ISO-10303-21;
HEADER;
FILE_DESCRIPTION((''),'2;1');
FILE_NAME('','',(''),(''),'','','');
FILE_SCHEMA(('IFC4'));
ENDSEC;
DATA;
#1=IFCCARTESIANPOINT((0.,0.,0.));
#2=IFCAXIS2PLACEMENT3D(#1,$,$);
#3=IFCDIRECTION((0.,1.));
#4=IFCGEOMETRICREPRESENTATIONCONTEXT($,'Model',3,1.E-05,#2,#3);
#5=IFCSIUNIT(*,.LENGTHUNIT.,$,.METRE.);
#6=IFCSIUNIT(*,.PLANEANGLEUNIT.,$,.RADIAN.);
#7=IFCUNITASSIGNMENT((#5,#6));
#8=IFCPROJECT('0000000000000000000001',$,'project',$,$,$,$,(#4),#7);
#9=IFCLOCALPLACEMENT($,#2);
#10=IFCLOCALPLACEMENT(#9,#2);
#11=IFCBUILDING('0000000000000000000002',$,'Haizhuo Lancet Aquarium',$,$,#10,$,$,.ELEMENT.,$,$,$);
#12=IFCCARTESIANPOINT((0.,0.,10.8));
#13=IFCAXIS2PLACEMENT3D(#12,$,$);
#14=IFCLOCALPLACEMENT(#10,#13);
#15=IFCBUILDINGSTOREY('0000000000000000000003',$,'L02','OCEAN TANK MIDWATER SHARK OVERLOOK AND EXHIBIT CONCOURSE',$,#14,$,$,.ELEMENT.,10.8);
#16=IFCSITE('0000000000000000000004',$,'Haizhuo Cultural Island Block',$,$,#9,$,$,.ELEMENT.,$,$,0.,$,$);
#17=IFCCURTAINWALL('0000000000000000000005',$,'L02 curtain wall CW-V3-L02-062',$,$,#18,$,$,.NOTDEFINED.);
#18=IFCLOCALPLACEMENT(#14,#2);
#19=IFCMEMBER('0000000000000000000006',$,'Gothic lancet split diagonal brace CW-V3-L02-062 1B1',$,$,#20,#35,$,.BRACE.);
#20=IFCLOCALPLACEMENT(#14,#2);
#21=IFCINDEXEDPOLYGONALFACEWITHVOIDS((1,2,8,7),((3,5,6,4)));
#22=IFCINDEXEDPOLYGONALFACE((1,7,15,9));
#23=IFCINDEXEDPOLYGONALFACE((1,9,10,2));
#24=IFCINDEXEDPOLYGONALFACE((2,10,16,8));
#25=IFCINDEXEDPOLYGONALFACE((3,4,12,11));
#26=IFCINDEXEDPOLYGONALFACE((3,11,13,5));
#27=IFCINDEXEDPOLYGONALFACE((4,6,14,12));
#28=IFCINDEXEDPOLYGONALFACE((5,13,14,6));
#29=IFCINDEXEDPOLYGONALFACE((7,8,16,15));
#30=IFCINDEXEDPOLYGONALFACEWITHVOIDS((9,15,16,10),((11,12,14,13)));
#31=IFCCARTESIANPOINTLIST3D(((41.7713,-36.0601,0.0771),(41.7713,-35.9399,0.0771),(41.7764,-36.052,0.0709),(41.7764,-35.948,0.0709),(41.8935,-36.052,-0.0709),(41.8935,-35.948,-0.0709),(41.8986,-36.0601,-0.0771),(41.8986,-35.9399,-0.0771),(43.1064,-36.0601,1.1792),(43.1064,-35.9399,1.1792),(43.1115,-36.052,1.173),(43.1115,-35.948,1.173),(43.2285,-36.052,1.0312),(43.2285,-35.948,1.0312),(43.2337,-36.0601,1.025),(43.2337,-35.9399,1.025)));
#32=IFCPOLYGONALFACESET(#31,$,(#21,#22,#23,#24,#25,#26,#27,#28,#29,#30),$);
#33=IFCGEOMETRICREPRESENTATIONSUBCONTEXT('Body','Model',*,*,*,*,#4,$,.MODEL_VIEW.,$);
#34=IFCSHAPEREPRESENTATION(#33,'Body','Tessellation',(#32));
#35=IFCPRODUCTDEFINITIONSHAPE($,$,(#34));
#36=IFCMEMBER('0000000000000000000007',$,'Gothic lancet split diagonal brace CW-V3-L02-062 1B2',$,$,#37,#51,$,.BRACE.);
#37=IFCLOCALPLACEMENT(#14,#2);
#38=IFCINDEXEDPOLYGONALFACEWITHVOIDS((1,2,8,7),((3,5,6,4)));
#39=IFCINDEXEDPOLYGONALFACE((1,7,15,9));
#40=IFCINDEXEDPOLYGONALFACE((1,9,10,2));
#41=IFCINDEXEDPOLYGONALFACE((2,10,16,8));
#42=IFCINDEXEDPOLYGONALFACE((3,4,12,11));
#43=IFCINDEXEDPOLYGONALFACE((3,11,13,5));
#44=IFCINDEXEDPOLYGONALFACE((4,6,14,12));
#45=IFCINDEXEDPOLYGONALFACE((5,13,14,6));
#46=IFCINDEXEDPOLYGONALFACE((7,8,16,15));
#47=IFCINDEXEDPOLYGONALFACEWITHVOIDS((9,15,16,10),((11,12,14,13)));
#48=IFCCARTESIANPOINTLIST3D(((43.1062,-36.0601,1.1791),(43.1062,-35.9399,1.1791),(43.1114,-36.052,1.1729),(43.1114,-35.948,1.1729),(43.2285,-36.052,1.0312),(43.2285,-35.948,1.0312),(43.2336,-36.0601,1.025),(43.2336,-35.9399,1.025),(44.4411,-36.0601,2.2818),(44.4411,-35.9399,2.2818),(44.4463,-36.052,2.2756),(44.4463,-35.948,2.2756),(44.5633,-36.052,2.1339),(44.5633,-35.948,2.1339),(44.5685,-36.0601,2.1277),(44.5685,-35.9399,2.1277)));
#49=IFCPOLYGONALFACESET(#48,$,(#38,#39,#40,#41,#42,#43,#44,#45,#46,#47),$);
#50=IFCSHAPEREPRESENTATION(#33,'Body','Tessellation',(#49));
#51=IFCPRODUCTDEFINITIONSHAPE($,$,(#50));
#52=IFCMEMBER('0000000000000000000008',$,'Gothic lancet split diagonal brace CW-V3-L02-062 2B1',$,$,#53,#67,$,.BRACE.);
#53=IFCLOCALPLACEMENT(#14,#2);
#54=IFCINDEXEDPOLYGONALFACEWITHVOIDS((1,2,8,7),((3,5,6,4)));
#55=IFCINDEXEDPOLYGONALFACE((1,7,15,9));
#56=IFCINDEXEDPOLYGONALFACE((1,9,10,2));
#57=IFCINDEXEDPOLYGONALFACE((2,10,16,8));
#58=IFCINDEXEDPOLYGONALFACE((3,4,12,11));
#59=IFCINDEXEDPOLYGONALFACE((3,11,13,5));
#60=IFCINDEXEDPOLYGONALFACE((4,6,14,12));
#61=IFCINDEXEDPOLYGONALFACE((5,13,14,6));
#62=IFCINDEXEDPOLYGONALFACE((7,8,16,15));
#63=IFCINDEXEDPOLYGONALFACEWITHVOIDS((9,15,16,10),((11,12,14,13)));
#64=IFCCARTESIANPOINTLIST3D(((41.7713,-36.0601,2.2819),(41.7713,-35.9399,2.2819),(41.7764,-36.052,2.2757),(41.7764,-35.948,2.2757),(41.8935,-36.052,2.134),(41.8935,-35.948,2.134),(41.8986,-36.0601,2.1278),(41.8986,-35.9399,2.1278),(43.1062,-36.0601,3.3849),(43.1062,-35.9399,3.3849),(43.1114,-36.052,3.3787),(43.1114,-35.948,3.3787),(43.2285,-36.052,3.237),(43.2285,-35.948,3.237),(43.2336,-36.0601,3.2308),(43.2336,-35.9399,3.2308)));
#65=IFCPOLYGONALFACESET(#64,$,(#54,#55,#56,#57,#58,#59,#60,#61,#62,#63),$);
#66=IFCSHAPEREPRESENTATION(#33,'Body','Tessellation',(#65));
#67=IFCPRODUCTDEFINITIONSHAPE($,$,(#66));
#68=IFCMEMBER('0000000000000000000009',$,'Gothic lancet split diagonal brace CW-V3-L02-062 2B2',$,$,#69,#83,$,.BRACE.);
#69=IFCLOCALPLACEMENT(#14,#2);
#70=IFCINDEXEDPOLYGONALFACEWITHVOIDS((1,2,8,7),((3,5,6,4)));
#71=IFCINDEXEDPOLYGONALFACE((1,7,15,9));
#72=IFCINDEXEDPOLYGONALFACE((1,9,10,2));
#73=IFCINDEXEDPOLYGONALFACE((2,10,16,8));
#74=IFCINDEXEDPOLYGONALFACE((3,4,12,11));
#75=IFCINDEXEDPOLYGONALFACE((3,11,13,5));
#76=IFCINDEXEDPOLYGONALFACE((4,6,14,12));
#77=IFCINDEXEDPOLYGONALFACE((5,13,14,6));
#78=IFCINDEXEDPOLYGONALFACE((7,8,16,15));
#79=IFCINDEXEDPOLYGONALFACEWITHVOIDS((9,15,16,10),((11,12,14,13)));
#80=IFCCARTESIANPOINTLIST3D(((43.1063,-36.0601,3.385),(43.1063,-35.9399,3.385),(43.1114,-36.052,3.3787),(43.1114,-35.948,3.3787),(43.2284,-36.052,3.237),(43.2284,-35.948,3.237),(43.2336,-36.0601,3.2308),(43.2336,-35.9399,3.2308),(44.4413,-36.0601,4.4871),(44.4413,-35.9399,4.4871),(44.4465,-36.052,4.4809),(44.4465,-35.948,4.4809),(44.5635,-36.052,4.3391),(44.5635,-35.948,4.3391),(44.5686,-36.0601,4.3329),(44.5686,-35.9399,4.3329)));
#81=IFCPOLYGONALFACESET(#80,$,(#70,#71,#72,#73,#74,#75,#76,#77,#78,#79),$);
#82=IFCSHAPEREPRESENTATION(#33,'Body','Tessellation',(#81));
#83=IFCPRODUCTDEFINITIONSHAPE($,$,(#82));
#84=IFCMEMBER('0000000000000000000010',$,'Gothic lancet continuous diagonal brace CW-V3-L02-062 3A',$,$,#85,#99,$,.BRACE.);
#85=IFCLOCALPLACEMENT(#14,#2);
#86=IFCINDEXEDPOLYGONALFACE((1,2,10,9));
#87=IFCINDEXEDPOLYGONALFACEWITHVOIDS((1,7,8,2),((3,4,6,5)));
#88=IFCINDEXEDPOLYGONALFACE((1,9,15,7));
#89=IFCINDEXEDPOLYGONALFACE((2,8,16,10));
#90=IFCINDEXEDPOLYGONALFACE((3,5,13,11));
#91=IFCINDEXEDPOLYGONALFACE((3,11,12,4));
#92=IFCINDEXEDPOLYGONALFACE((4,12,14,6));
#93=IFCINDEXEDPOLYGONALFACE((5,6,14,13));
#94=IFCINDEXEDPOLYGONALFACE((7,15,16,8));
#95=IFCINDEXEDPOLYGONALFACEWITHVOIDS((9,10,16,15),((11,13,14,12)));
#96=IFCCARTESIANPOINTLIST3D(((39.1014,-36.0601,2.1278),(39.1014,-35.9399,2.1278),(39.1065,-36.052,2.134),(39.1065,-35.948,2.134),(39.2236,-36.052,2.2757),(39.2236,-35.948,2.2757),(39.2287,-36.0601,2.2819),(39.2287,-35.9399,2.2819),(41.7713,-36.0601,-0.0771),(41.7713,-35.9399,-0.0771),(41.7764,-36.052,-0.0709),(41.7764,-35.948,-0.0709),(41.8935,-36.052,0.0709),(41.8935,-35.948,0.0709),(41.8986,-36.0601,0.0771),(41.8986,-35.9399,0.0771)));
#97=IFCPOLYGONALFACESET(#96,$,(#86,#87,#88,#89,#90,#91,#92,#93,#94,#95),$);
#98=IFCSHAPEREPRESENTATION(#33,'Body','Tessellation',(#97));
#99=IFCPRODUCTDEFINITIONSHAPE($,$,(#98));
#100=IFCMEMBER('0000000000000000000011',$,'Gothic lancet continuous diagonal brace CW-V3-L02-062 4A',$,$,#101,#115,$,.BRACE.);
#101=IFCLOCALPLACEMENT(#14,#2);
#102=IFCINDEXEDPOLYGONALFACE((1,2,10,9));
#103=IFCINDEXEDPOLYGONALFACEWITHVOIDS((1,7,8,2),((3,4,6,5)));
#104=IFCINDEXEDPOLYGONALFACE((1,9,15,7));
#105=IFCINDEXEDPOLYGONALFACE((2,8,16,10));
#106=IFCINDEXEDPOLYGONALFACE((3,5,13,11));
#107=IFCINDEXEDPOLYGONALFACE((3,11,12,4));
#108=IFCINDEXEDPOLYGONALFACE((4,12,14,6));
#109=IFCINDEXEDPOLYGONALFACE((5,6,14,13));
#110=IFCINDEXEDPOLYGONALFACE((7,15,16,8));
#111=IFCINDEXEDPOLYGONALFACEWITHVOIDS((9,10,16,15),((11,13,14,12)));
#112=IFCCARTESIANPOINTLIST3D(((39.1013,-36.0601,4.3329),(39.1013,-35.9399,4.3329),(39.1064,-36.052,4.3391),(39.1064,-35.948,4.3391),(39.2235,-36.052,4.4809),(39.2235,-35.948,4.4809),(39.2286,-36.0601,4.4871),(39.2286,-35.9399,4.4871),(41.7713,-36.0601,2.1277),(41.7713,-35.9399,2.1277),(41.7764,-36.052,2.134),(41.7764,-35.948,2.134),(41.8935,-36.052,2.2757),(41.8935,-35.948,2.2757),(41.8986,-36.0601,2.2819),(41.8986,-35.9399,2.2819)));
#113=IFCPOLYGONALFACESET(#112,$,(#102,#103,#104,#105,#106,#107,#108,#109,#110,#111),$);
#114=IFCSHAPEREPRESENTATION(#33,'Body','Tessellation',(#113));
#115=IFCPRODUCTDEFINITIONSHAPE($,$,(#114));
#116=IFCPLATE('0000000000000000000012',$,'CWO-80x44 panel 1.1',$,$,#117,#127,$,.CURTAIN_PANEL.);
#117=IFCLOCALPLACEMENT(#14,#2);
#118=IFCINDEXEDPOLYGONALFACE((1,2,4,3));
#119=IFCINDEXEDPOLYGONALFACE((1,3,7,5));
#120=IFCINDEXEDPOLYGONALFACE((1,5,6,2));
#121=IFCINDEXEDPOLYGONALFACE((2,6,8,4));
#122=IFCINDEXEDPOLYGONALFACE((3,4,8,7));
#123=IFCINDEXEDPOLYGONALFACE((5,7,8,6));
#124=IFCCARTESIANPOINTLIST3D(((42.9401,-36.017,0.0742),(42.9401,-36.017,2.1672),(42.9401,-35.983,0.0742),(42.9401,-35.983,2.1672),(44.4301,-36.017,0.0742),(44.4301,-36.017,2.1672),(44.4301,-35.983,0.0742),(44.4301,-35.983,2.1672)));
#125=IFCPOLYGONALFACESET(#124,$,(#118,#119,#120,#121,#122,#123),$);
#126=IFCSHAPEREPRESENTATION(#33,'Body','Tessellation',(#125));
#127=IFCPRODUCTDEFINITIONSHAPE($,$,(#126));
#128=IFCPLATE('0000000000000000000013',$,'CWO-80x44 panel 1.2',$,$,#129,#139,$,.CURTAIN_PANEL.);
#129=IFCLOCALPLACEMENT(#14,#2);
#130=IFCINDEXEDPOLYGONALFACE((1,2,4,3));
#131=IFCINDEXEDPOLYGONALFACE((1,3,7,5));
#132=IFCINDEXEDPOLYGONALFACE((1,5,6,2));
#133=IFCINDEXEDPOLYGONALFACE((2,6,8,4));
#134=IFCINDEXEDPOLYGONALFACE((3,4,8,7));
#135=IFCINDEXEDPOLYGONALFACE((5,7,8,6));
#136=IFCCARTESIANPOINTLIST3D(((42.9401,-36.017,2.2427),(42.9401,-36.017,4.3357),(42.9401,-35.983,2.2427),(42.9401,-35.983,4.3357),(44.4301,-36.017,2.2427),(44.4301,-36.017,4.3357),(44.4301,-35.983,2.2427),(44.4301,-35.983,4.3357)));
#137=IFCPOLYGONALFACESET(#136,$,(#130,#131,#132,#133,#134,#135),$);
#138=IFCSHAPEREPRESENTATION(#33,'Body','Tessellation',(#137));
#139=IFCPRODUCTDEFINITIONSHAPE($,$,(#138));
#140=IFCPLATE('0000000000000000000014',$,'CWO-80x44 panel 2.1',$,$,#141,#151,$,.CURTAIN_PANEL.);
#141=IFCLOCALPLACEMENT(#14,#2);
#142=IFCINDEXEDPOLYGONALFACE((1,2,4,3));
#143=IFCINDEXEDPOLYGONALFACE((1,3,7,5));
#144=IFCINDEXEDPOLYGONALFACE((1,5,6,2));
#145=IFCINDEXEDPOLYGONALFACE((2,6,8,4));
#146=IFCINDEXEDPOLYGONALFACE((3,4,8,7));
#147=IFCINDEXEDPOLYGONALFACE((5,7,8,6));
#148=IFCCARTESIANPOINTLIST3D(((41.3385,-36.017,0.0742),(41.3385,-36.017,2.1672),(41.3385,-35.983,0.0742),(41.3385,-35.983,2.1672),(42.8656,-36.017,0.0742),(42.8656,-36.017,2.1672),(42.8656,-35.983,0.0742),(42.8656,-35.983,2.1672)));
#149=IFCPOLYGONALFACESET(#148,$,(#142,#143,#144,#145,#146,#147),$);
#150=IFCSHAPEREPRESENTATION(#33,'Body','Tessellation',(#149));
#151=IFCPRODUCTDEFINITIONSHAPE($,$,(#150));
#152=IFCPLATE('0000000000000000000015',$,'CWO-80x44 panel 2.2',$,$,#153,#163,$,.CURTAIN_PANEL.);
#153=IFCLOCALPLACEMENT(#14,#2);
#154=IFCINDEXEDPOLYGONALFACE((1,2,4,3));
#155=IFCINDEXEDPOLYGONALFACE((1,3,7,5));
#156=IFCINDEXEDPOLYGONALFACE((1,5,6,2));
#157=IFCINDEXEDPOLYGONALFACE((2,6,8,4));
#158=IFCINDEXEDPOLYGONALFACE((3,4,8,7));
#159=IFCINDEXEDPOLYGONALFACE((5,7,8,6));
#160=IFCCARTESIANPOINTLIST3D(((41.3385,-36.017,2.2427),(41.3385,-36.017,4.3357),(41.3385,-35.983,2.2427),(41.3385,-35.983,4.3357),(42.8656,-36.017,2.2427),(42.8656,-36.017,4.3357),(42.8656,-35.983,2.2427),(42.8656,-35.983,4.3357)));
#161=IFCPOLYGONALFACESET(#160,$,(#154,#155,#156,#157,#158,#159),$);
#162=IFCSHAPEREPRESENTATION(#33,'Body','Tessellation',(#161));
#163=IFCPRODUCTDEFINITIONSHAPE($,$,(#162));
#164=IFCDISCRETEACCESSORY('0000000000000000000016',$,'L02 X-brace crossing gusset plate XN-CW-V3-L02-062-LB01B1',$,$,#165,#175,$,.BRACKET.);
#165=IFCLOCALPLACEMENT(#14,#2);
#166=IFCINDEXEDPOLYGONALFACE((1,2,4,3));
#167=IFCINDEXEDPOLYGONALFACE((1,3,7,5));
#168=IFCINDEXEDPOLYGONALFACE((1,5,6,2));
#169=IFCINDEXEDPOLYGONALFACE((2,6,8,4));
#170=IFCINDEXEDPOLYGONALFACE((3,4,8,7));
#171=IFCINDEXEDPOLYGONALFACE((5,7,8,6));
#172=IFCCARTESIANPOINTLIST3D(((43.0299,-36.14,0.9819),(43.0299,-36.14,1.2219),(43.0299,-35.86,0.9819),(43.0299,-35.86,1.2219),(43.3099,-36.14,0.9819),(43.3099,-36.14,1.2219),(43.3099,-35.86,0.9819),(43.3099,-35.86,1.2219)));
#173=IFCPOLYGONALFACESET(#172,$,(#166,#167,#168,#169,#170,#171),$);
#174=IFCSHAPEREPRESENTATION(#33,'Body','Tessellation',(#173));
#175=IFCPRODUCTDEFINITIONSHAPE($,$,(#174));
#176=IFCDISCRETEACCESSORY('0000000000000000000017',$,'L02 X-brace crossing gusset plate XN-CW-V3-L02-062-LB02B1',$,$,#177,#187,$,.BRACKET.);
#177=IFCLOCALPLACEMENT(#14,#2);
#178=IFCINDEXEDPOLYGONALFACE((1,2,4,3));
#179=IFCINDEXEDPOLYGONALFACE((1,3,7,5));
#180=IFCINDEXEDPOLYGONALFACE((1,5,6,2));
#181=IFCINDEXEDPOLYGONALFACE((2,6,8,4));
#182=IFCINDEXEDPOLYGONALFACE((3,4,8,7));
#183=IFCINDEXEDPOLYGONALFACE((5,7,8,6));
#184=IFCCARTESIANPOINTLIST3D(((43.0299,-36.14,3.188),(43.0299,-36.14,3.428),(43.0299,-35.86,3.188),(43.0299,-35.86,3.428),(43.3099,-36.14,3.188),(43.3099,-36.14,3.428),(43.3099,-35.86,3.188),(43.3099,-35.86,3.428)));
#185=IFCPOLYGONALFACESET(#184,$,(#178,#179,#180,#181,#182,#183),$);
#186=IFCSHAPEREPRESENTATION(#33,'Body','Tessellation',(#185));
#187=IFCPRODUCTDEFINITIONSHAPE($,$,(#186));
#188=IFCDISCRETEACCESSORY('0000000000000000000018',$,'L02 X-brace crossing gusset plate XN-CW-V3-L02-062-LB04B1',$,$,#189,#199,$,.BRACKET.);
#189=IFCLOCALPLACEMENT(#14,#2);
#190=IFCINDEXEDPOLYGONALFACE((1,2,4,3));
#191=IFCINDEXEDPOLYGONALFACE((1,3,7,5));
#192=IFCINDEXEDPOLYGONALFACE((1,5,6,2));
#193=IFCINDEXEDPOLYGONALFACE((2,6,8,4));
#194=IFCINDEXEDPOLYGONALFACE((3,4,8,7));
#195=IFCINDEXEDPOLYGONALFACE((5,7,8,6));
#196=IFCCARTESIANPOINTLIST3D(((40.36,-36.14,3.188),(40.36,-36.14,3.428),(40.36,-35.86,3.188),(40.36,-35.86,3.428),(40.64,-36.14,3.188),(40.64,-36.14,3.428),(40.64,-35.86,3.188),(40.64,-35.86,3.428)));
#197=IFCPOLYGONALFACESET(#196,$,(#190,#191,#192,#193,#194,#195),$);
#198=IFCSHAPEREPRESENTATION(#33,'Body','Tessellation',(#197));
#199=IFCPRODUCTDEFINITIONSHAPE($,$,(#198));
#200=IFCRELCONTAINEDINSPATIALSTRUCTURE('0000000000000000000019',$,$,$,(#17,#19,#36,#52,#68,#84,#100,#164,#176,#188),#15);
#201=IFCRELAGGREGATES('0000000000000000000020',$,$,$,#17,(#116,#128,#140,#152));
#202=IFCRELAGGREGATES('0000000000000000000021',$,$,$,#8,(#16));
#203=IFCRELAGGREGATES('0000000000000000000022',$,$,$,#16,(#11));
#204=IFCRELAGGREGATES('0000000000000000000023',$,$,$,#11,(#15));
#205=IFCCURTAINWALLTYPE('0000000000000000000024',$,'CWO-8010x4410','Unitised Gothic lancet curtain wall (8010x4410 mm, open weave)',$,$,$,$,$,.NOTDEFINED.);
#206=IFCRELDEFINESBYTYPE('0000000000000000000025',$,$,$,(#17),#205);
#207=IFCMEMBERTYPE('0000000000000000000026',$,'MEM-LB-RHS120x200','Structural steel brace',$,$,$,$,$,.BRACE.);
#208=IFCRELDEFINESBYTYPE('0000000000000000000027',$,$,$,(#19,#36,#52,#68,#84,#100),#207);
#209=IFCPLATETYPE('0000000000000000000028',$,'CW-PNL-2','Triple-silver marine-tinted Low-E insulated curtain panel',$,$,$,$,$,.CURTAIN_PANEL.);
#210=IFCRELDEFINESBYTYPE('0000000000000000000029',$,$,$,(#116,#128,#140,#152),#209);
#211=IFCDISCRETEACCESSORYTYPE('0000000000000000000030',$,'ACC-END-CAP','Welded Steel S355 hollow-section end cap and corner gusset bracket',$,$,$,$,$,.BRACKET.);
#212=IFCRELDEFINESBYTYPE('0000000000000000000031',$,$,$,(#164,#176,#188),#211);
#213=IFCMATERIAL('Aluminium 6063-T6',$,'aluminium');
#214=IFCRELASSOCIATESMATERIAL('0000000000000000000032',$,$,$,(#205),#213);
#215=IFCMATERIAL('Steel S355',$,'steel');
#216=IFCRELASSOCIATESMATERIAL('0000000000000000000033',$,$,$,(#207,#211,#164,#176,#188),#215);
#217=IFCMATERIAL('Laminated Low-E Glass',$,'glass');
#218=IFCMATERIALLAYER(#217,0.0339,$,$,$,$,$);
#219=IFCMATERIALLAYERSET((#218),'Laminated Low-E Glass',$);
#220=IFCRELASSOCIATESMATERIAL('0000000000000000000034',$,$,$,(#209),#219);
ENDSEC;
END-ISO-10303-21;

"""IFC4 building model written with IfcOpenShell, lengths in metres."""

from ifc_helpers import new_model, si_unit, direction, frame, origin, origin_2d, place, context, subcontext, project, spatial, rectangle, hollow_rectangle, extrude, material, layer, layer_set, material_profile, profile_set, type_object, element, aggregate, save


model = new_model("IFC4")

# Units and contexts
model_context = context("Model", 3, precision=1e-05, world=origin(), true_north=direction((0.0, 1.0)))
body_context = subcontext(model_context, "Body", "Model", "MODEL_VIEW")
ifc_project = project(units=[si_unit("LENGTHUNIT", "METRE"), si_unit("PLANEANGLEUNIT", "RADIAN")], contexts=[model_context])

# Site, building, storey
site_placement = place(None, origin())
site = spatial("IfcSite", under=ifc_project, at=site_placement, Name="Haizhuo Cultural Island Block", CompositionType="ELEMENT", RefElevation=0.0)
building_placement = place(site_placement, origin())
building = spatial("IfcBuilding", under=site, at=building_placement, Name="Haizhuo Lancet Aquarium", CompositionType="ELEMENT")
storey_placement = place(building_placement, frame((0.0, 0.0, 10.8)))
storey = spatial("IfcBuildingStorey", under=building, at=storey_placement, Name="L02", Description="OCEAN TANK MIDWATER SHARK OVERLOOK AND EXHIBIT CONCOURSE", CompositionType="ELEMENT", Elevation=10.8)

# Curtain wall
ifc_material_1 = material(Name="Aluminium 6063-T6", Category="aluminium")
curtain_wall_type = type_object("IfcCurtainWallType", Name="CWO-8010x4410", Description="Unitised Gothic lancet curtain wall (8010x4410 mm, open weave)", PredefinedType="NOTDEFINED", material=ifc_material_1)
curtain_wall_placement = place(storey_placement, origin())
curtain_wall = element("IfcCurtainWall", 1, at=curtain_wall_placement, inside=storey, type_object=curtain_wall_type, Name="L02 curtain wall CW-V3-L02-062", PredefinedType="NOTDEFINED")

# Members
ifc_material_2 = material(Name="Steel S355", Category="steel")
ifc_material_profile_1 = material_profile(ifc_material_2, hollow_rectangle(XDim=0.1201, YDim=0.2, WallThickness=0.0081, at=origin_2d()), Name="RHS 120x200x8")
ifc_profile_set_1 = profile_set([ifc_material_profile_1], Name="Steel S355")
member_type_1 = type_object("IfcMemberType", Name="MEM-LB-RHS120x200", Description="Structural steel brace", PredefinedType="BRACE", material=ifc_profile_set_1)
member_1_placement = place(storey_placement, frame((41.835, -36.0, 0.0), z_axis=(0.771172, 0.0, 0.636626), x_axis=(0.0, 1.0, 0.0)))
element("IfcMember", 2, at=member_1_placement, inside=storey, type_object=member_type_1, Name="Gothic lancet split diagonal brace CW-V3-L02-062 1B1", PredefinedType="BRACE", context=body_context, shape_type="SweptSolid", body=[
    extrude(hollow_rectangle(XDim=0.1201, YDim=0.2, WallThickness=0.0081, at=origin_2d()), origin(), (0.0, 0.0, 1.0), 1.7312),
])
member_2_placement = place(storey_placement, frame((43.1699, -36.0, 1.1021), z_axis=(0.770965, 0.0, 0.636878), x_axis=(0.0, 1.0, 0.0)))
element("IfcMember", 3, at=member_2_placement, inside=storey, type_object=member_type_1, Name="Gothic lancet split diagonal brace CW-V3-L02-062 1B2", PredefinedType="BRACE", context=body_context, shape_type="SweptSolid", body=[
    extrude(hollow_rectangle(XDim=0.1201, YDim=0.2, WallThickness=0.0081, at=origin_2d()), origin(), (0.0, 0.0, 1.0), 1.7314),
])
member_3_placement = place(storey_placement, frame((41.835, -36.0, 2.2048), z_axis=(0.770896, 0.0, 0.636962), x_axis=(0.0, 1.0, 0.0)))
element("IfcMember", 4, at=member_3_placement, inside=storey, type_object=member_type_1, Name="Gothic lancet split diagonal brace CW-V3-L02-062 2B1", PredefinedType="BRACE", context=body_context, shape_type="SweptSolid", body=[
    extrude(hollow_rectangle(XDim=0.1201, YDim=0.2, WallThickness=0.0081, at=origin_2d()), origin(), (0.0, 0.0, 1.0), 1.7317),
])
member_4_placement = place(storey_placement, frame((43.1699, -36.0, 3.3079), z_axis=(0.771172, 0.0, 0.636626), x_axis=(0.0, 1.0, 0.0)))
element("IfcMember", 5, at=member_4_placement, inside=storey, type_object=member_type_1, Name="Gothic lancet split diagonal brace CW-V3-L02-062 2B2", PredefinedType="BRACE", context=body_context, shape_type="SweptSolid", body=[
    extrude(hollow_rectangle(XDim=0.1201, YDim=0.2, WallThickness=0.0081, at=origin_2d()), origin(), (0.0, 0.0, 1.0), 1.7312),
])
member_5_placement = place(storey_placement, frame((41.835, -36.0, 0.0), z_axis=(-0.771069, 0.0, 0.636752), x_axis=(0.0, -1.0, 0.0)))
element("IfcMember", 6, at=member_5_placement, inside=storey, type_object=member_type_1, Name="Gothic lancet continuous diagonal brace CW-V3-L02-062 3A", PredefinedType="BRACE", context=body_context, shape_type="SweptSolid", body=[
    extrude(hollow_rectangle(XDim=0.1201, YDim=0.2, WallThickness=0.0081, at=origin_2d()), origin(), (0.0, 0.0, 1.0), 3.4626),
])
member_6_placement = place(storey_placement, frame((41.835, -36.0, 2.2048), z_axis=(-0.771034, 0.0, 0.636794), x_axis=(0.0, -1.0, 0.0)))
element("IfcMember", 7, at=member_6_placement, inside=storey, type_object=member_type_1, Name="Gothic lancet continuous diagonal brace CW-V3-L02-062 4A", PredefinedType="BRACE", context=body_context, shape_type="SweptSolid", body=[
    extrude(hollow_rectangle(XDim=0.1201, YDim=0.2, WallThickness=0.0081, at=origin_2d()), origin(), (0.0, 0.0, 1.0), 3.4629),
])

# Plates
ifc_material_3 = material(Name="Laminated Low-E Glass", Category="glass")
ifc_layer = layer(ifc_material_3, 0.0339)
ifc_layer_set = layer_set([ifc_layer], Name="Laminated Low-E Glass")
plate_type = type_object("IfcPlateType", Name="CW-PNL-2", Description="Triple-silver marine-tinted Low-E insulated curtain panel", PredefinedType="CURTAIN_PANEL", material=ifc_layer_set)
plate_1_placement = place(storey_placement, frame((43.6851, -36.0, 0.0742), z_axis=(0.0, 0.0, 1.0), x_axis=(-1.0, 0.0, 0.0)))
plate_1 = element("IfcPlate", 8, at=plate_1_placement, type_object=plate_type, Name="CWO-80x44 panel 1.1", PredefinedType="CURTAIN_PANEL", context=body_context, shape_type="SweptSolid", body=[
    extrude(rectangle(XDim=1.49, YDim=0.0339, at=origin_2d()), origin(), (0.0, 0.0, 1.0), 2.093),
])
plate_2_placement = place(storey_placement, frame((43.6851, -36.0, 2.2427), z_axis=(0.0, 0.0, 1.0), x_axis=(-1.0, 0.0, 0.0)))
plate_2 = element("IfcPlate", 9, at=plate_2_placement, type_object=plate_type, Name="CWO-80x44 panel 1.2", PredefinedType="CURTAIN_PANEL", context=body_context, shape_type="SweptSolid", body=[
    extrude(rectangle(XDim=1.49, YDim=0.0339, at=origin_2d()), origin(), (0.0, 0.0, 1.0), 2.093),
])
plate_3_placement = place(storey_placement, frame((42.1021, -36.0, 0.0742), z_axis=(0.0, 0.0, 1.0), x_axis=(-1.0, 0.0, 0.0)))
plate_3 = element("IfcPlate", 10, at=plate_3_placement, type_object=plate_type, Name="CWO-80x44 panel 2.1", PredefinedType="CURTAIN_PANEL", context=body_context, shape_type="SweptSolid", body=[
    extrude(rectangle(XDim=1.5271, YDim=0.0339, at=origin_2d()), origin(), (0.0, 0.0, 1.0), 2.093),
])
plate_4_placement = place(storey_placement, frame((42.1021, -36.0, 2.2427), z_axis=(0.0, 0.0, 1.0), x_axis=(-1.0, 0.0, 0.0)))
plate_4 = element("IfcPlate", 11, at=plate_4_placement, type_object=plate_type, Name="CWO-80x44 panel 2.2", PredefinedType="CURTAIN_PANEL", context=body_context, shape_type="SweptSolid", body=[
    extrude(rectangle(XDim=1.5271, YDim=0.0339, at=origin_2d()), origin(), (0.0, 0.0, 1.0), 2.093),
])
aggregate(curtain_wall, [plate_1, plate_2, plate_3, plate_4])

# Discrete accessories
discrete_accessory_type = type_object("IfcDiscreteAccessoryType", Name="ACC-END-CAP", Description="Welded Steel S355 hollow-section end cap and corner gusset bracket", PredefinedType="BRACKET", material=ifc_material_2)
for number, where, z_axis, x_axis, name in (
    (12, (43.1699, -36.0, 0.9819), (0.0, 0.0, 1.0), (1.0, 0.0, 0.0), "L02 X-brace crossing gusset plate XN-CW-V3-L02-062-LB01B1"),
    (13, (43.1699, -36.0, 3.188), (0.0, 0.0, 1.0), (1.0, 0.0, 0.0), "L02 X-brace crossing gusset plate XN-CW-V3-L02-062-LB02B1"),
    (14, (40.5, -36.0, 3.188), (0.0, 0.0, 1.0), (1.0, 0.0, 0.0), "L02 X-brace crossing gusset plate XN-CW-V3-L02-062-LB04B1"),
):
    element("IfcDiscreteAccessory", number, at=place(storey_placement, frame(where, z_axis=z_axis, x_axis=x_axis)), inside=storey, type_object=discrete_accessory_type, material=ifc_material_2, Name=name, PredefinedType="BRACKET", context=body_context, shape_type="SweptSolid", body=[
        extrude(rectangle(XDim=0.28, YDim=0.28, at=origin_2d()), origin(), (0.0, 0.0, 1.0), 0.24),
    ])

save(model, "model.ifc")
